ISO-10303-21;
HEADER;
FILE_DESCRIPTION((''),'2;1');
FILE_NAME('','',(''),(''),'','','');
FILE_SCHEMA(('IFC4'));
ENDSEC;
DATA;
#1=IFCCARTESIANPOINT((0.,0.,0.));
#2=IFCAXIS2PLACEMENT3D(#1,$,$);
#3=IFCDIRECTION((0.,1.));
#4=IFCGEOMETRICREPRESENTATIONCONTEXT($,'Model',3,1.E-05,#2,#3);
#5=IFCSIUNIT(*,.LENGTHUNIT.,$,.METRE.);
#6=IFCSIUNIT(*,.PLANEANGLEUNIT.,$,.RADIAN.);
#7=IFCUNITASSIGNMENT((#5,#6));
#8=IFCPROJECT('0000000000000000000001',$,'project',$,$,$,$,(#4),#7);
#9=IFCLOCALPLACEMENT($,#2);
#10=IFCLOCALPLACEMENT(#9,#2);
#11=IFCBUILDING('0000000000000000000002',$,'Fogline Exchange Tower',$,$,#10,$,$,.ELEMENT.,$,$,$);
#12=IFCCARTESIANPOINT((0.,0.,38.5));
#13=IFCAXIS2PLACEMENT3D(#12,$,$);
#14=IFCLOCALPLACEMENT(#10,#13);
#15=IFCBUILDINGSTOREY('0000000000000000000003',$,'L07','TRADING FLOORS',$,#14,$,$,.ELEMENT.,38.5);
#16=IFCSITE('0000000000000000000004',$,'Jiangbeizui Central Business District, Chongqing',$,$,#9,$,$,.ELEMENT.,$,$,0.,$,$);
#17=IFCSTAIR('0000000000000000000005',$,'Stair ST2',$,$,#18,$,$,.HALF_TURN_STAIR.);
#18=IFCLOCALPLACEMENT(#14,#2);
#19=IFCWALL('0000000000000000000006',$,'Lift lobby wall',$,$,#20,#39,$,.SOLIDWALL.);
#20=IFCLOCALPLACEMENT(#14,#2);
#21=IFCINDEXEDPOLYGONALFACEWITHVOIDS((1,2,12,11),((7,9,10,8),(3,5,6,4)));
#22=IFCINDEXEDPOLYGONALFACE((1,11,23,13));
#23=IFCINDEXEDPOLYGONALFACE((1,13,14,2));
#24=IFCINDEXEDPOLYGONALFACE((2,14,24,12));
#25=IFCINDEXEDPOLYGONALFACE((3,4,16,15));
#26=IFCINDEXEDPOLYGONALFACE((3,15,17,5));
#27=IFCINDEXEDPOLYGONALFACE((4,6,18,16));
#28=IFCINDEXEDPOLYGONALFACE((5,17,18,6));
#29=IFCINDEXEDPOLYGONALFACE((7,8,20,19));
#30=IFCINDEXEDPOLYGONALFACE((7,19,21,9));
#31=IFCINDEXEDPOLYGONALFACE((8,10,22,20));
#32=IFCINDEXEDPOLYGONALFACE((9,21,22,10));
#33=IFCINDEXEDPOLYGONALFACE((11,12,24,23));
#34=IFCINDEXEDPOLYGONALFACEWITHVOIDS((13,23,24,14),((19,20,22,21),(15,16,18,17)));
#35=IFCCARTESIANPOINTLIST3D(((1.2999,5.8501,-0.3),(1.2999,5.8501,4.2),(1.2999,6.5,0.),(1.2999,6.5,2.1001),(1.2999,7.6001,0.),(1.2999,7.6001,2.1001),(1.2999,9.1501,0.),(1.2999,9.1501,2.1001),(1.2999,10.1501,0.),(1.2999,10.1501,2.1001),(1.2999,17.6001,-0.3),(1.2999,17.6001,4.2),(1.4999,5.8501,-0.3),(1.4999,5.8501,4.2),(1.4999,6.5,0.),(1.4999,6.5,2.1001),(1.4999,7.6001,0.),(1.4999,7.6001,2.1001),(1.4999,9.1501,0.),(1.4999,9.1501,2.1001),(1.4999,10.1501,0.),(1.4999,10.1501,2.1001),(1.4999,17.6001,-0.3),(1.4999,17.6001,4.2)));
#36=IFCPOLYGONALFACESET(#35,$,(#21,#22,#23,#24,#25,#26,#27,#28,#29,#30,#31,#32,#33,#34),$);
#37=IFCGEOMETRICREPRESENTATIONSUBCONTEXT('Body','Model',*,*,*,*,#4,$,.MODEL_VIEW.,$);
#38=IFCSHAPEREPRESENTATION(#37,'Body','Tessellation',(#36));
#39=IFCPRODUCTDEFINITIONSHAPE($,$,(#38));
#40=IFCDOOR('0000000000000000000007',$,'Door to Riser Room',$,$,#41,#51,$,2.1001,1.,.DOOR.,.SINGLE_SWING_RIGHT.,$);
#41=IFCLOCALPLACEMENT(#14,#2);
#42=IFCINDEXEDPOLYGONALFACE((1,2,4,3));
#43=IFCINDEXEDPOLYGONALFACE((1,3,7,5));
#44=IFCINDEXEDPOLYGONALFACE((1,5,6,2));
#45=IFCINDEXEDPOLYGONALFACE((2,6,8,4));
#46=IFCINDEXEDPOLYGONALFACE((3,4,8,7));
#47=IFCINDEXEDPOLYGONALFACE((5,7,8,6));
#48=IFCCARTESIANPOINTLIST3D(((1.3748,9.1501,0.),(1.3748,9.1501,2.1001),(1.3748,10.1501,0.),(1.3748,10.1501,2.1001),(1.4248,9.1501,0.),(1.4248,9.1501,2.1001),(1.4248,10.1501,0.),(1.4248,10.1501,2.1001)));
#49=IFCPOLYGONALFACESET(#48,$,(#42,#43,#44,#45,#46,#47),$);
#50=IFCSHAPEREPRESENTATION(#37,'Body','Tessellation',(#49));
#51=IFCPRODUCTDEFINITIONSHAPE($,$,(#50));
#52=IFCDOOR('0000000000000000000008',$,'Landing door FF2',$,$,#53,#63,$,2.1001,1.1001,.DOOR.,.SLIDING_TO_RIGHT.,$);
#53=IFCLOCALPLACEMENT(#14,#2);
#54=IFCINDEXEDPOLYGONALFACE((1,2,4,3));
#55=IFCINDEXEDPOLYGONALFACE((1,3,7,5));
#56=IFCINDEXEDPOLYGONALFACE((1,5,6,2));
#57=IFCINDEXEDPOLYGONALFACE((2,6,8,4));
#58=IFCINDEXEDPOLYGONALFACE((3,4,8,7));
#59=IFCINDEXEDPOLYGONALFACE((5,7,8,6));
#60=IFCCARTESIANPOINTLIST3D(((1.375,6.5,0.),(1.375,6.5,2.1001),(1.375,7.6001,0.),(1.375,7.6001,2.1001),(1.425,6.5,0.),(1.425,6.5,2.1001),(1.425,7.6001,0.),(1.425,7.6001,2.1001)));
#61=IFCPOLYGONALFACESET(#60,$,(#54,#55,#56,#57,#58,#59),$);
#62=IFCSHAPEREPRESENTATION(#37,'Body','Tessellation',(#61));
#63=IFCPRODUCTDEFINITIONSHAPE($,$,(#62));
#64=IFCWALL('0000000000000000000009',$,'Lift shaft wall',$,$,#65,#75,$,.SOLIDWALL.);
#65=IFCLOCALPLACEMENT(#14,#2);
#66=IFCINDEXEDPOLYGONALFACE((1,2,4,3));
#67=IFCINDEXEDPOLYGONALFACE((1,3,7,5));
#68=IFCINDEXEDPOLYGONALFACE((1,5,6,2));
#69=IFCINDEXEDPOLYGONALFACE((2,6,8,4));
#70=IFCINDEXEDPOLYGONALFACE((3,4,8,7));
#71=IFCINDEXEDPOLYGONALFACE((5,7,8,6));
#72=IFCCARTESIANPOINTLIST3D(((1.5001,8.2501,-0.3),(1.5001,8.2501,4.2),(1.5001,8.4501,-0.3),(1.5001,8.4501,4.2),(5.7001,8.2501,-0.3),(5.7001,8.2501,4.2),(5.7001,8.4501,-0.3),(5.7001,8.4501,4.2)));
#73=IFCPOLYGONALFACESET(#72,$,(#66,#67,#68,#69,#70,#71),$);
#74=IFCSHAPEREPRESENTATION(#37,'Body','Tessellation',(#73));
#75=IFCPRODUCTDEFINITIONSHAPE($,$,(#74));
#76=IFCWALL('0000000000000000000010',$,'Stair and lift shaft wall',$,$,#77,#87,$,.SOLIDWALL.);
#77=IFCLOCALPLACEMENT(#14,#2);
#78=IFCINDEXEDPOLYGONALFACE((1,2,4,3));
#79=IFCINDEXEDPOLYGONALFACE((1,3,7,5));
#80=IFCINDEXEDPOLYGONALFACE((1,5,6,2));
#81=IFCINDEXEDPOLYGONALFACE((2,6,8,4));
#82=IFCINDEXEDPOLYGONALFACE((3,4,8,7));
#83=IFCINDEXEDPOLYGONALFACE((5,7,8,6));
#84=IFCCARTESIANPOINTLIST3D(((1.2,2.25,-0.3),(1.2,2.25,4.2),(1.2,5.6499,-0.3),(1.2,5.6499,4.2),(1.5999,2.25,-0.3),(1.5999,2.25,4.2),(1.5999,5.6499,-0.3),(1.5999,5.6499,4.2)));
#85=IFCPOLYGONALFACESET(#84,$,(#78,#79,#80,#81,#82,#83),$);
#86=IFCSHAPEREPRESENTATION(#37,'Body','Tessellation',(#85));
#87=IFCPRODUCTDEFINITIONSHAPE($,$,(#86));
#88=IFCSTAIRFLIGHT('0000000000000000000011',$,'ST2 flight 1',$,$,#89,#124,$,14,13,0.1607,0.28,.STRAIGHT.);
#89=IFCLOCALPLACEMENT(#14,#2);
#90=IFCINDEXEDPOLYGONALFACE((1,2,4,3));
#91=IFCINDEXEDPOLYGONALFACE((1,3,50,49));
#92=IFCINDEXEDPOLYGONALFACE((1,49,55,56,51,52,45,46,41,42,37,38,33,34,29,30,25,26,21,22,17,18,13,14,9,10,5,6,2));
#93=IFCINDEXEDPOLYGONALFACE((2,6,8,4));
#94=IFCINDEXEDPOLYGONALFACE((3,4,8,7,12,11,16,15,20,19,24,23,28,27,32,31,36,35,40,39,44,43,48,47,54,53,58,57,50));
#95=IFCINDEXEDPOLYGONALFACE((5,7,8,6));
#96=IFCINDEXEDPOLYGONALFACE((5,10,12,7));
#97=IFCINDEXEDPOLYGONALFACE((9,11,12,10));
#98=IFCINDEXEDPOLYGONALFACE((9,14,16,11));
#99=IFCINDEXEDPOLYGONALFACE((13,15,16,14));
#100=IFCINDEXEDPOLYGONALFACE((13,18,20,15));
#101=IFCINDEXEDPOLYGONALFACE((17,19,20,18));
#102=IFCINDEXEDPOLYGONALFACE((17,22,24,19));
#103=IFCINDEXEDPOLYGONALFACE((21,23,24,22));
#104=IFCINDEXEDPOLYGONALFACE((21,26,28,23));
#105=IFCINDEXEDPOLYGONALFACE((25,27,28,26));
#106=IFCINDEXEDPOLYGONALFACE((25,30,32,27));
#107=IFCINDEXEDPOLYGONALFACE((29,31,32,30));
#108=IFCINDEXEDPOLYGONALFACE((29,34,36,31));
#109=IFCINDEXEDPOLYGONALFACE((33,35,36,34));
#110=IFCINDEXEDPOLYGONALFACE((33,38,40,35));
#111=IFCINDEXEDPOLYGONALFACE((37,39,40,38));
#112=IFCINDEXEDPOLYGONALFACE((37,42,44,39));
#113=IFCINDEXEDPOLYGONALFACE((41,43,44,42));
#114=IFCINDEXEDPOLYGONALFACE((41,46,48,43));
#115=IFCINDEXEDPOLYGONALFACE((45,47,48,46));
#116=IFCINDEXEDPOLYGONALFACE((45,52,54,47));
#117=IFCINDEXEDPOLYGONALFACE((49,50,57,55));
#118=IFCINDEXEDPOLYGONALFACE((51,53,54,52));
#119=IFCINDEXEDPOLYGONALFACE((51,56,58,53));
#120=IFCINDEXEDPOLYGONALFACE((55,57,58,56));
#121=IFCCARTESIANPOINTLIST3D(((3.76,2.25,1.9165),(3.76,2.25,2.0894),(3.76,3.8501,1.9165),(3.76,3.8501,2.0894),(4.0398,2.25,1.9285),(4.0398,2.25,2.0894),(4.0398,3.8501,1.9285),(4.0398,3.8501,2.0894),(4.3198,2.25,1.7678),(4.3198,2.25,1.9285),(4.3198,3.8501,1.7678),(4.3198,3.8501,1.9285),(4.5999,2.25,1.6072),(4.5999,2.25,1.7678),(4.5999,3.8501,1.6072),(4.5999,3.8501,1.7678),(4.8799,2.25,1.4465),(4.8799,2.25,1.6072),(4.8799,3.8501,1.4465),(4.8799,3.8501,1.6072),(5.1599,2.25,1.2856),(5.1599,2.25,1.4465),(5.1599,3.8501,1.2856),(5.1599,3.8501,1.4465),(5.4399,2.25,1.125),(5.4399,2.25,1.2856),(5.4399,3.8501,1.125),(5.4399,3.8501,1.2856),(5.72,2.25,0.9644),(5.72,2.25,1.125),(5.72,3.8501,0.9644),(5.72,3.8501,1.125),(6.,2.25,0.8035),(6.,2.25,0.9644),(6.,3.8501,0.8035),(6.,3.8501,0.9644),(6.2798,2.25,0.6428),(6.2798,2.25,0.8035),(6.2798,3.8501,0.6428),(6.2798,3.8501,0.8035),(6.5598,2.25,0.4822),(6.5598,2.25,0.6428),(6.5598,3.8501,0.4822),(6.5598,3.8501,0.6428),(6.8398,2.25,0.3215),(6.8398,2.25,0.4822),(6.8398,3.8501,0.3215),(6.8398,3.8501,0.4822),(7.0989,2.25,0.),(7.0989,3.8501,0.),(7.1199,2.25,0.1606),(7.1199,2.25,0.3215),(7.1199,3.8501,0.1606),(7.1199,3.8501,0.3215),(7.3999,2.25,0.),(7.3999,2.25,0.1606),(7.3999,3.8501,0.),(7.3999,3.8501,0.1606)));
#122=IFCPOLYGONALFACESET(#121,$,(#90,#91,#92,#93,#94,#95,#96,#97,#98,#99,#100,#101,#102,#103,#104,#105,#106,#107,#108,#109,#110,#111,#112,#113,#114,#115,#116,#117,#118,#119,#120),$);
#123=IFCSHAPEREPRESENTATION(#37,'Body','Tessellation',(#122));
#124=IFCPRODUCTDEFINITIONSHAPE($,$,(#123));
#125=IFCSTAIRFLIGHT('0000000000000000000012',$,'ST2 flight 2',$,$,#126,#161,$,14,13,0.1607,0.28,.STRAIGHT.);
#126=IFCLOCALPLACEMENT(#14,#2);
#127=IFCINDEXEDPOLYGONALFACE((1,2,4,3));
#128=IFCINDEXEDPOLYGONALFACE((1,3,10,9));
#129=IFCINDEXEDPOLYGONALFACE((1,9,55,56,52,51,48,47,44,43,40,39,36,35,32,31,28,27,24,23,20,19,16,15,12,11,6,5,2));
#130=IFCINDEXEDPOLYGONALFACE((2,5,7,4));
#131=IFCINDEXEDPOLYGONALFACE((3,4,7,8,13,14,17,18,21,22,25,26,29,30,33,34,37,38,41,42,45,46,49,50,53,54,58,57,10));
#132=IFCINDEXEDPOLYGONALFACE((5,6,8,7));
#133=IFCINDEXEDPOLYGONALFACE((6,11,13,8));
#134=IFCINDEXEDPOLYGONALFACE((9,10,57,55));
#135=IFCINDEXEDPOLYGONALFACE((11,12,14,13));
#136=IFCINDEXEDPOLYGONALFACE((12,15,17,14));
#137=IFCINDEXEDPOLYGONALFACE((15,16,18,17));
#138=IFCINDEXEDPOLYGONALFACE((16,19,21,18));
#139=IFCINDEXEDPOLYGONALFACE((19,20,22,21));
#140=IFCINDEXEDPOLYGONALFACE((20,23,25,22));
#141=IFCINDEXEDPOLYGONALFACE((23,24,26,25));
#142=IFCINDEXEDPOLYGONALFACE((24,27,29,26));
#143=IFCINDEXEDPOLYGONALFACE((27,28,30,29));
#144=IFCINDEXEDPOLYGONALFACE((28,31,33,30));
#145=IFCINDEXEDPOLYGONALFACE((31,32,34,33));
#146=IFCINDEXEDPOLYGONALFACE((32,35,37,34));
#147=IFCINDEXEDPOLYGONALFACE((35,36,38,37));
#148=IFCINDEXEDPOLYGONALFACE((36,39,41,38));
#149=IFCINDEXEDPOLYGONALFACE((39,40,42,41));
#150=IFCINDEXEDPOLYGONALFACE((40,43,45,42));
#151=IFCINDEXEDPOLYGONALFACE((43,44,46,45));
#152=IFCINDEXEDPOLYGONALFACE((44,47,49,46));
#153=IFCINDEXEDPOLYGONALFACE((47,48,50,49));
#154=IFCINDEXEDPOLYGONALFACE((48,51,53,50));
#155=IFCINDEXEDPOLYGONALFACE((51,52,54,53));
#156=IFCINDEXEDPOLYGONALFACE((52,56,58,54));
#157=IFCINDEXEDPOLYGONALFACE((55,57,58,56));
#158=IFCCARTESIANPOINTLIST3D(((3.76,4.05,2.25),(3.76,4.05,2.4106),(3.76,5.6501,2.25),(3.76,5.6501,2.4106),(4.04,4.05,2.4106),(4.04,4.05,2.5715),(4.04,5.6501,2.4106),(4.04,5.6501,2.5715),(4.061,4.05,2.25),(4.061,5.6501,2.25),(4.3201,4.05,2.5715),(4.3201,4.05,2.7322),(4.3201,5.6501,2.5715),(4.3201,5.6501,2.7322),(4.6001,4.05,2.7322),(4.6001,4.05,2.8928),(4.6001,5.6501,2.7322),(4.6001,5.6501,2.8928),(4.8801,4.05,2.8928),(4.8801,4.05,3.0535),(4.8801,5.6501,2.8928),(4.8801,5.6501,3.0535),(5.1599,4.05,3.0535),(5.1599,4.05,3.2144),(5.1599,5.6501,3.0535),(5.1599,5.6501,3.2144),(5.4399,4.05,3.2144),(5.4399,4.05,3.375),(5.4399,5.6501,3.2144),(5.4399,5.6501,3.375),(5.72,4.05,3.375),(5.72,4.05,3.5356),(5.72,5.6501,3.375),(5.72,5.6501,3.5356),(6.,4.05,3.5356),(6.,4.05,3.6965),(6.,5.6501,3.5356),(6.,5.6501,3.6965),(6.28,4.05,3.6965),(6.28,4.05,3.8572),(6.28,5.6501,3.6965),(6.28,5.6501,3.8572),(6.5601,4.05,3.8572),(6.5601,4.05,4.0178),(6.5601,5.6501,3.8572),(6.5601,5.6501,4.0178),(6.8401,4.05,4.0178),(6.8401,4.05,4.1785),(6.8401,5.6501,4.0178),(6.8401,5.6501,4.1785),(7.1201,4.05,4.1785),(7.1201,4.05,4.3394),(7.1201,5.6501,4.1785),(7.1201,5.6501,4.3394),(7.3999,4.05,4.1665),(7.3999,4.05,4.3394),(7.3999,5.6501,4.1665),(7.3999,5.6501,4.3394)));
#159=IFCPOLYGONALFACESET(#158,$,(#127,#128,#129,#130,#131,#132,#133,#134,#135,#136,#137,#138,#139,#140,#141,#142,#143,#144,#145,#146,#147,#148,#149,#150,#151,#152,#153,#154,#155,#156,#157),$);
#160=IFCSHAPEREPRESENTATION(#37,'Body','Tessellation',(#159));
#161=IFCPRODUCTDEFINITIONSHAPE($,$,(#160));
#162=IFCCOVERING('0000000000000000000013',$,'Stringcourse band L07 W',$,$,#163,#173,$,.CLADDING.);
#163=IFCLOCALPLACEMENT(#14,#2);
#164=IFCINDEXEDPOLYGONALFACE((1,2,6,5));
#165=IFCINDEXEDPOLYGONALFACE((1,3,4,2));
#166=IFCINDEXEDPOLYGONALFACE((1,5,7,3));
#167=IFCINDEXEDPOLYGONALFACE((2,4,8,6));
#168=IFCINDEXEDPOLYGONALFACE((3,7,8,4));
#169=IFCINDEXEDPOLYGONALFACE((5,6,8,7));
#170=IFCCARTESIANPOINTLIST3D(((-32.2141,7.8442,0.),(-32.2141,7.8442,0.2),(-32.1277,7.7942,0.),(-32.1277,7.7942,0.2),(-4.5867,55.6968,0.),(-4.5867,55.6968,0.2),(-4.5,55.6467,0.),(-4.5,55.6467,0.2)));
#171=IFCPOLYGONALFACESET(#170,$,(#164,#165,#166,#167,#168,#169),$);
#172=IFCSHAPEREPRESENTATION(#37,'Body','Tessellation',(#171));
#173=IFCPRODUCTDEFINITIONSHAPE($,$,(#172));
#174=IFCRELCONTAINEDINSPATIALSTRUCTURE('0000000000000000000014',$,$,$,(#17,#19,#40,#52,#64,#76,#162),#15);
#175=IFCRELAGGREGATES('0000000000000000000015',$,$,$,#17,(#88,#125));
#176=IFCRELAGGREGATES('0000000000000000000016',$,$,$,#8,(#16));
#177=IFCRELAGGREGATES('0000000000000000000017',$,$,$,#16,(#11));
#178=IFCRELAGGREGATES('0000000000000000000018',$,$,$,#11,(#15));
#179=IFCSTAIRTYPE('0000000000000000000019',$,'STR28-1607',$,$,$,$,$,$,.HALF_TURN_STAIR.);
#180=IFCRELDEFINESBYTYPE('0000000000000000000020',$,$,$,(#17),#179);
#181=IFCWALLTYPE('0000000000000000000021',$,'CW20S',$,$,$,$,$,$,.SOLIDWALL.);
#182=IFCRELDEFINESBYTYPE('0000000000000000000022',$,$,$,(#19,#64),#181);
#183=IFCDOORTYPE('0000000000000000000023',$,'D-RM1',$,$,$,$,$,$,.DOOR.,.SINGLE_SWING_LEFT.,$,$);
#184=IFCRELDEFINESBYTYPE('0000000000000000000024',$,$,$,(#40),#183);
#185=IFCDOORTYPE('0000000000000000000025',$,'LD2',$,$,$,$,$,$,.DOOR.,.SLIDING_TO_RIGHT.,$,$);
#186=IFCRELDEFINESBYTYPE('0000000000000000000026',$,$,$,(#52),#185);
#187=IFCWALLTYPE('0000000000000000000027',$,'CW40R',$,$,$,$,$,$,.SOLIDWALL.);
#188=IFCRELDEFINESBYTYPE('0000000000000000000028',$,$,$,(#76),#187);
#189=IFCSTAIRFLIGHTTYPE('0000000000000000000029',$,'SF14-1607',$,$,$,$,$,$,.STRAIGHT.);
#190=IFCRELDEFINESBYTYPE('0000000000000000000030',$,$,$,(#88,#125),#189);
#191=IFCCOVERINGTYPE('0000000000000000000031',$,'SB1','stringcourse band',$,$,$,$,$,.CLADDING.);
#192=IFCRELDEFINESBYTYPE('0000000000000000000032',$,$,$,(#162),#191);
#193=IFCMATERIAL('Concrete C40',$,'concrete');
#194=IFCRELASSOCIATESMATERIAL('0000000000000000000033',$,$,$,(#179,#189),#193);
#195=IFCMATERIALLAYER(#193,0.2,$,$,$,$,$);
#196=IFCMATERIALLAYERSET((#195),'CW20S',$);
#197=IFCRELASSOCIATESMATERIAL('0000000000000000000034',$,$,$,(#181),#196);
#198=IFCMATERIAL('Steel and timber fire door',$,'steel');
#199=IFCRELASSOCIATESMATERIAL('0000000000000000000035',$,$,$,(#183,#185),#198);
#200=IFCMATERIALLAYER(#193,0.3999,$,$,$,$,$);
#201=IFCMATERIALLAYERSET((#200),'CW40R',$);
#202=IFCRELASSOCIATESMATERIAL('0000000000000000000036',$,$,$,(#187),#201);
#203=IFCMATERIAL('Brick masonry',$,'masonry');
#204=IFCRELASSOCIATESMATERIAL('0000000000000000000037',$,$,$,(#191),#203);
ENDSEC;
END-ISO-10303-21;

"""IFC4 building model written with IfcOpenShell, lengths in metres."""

from ifc_helpers import new_model, si_unit, direction, frame, frame_2d, origin, place, context, subcontext, project, spatial, polyline, rectangle, outline, extrude, material, layer, layer_set, type_object, element, fill, aggregate, save


model = new_model("IFC4")

# Units and contexts
model_context = context("Model", 3, precision=1e-05, world=origin(), true_north=direction((0.0, 1.0)))
body_context = subcontext(model_context, "Body", "Model", "MODEL_VIEW")
ifc_project = project(units=[si_unit("LENGTHUNIT", "METRE"), si_unit("PLANEANGLEUNIT", "RADIAN")], contexts=[model_context])

# Site, building, storey
site_placement = place(None, origin())
site = spatial("IfcSite", under=ifc_project, at=site_placement, Name="Jiangbeizui Central Business District, Chongqing", CompositionType="ELEMENT", RefElevation=0.0)
building_placement = place(site_placement, origin())
building = spatial("IfcBuilding", under=site, at=building_placement, Name="Fogline Exchange Tower", CompositionType="ELEMENT")
storey_placement = place(building_placement, frame((0.0, 0.0, 38.5)))
storey = spatial("IfcBuildingStorey", under=building, at=storey_placement, Name="L07", Description="TRADING FLOORS", CompositionType="ELEMENT", Elevation=38.5)

# Shared definitions
ifc_material_1 = material(Name="Concrete C40", Category="concrete")

# Stair
stair_type = type_object("IfcStairType", Name="STR28-1607", PredefinedType="HALF_TURN_STAIR", material=ifc_material_1)
stair_1_placement = place(storey_placement, origin())
stair_1 = element("IfcStair", 1, at=stair_1_placement, inside=storey, type_object=stair_type, Name="Stair ST2", PredefinedType="HALF_TURN_STAIR")

# Shared definitions
ifc_material_2 = material(Name="Steel and timber fire door", Category="steel")

# Shared definitions
ifc_layer_1 = layer(ifc_material_1, 0.2)
ifc_layer_set_1 = layer_set([ifc_layer_1], Name="CW20S")
wall_type_1 = type_object("IfcWallType", Name="CW20S", PredefinedType="SOLIDWALL", material=ifc_layer_set_1)
door_type_1 = type_object("IfcDoorType", Name="D-RM1", OperationType="SINGLE_SWING_LEFT", PredefinedType="DOOR", material=ifc_material_2)

# Wall, openings, doors
wall_1_placement = place(storey_placement, frame((1.3999, 5.8501, -0.3), z_axis=(0.0, 0.0, 1.0), x_axis=(0.0, 1.0, 0.0)))
wall_1 = element("IfcWall", 2, at=wall_1_placement, inside=storey, type_object=wall_type_1, Name="Lift lobby wall", PredefinedType="SOLIDWALL", context=body_context, shape_type="SweptSolid", body=[
    extrude(rectangle(XDim=11.75, YDim=0.2, at=frame_2d((5.875, 0.0))), origin(), (0.0, 0.0, 1.0), 4.5),
])
opening_1_placement = place(wall_1_placement, frame((0.6499, 0.0, 0.3)))
opening_1 = element("IfcOpeningElement", 3, at=opening_1_placement, cuts=wall_1, PredefinedType="OPENING", context=body_context, shape_type="SweptSolid", body=[
    extrude(rectangle(XDim=1.1001, YDim=2.1001, at=frame_2d((0.55, 1.05))), frame((0.0, 0.1099, 0.0), z_axis=(0.0, -1.0, 0.0), x_axis=(1.0, 0.0, 0.0)), (0.0, 0.0, 1.0), 0.22),
])
opening_2_placement = place(wall_1_placement, frame((3.3, 0.0, 0.3)))
opening_2 = element("IfcOpeningElement", 4, at=opening_2_placement, cuts=wall_1, PredefinedType="OPENING", context=body_context, shape_type="SweptSolid", body=[
    extrude(rectangle(XDim=1.0, YDim=2.1001, at=frame_2d((0.5, 1.05))), frame((0.0, 0.1099, 0.0), z_axis=(0.0, -1.0, 0.0), x_axis=(1.0, 0.0, 0.0)), (0.0, 0.0, 1.0), 0.22),
])
door_1_placement = place(opening_2_placement, frame((1.0, 0.0, 0.0), z_axis=(0.0, 0.0, 1.0), x_axis=(-1.0, 0.0, 0.0)))
door_1 = element("IfcDoor", 5, at=door_1_placement, inside=storey, type_object=door_type_1, Name="Door to Riser Room", OperationType="SINGLE_SWING_RIGHT", OverallHeight=2.1001, OverallWidth=1.0, PredefinedType="DOOR", context=body_context, shape_type="SweptSolid", body=[
    extrude(rectangle(XDim=1.0, YDim=2.1001, at=frame_2d((0.5, 1.05))), frame((0.0, 0.0249, 0.0), z_axis=(0.0, -1.0, 0.0), x_axis=(1.0, 0.0, 0.0)), (0.0, 0.0, 1.0), 0.05),
])
fill(opening_2, door_1)
door_type_2 = type_object("IfcDoorType", Name="LD2", OperationType="SLIDING_TO_RIGHT", PredefinedType="DOOR", material=ifc_material_2)
door_2_placement = place(opening_1_placement, origin())
door_2 = element("IfcDoor", 6, at=door_2_placement, inside=storey, type_object=door_type_2, Name="Landing door FF2", OperationType="SLIDING_TO_RIGHT", OverallHeight=2.1001, OverallWidth=1.1001, PredefinedType="DOOR", context=body_context, shape_type="SweptSolid", body=[
    extrude(rectangle(XDim=1.1001, YDim=2.1001, at=frame_2d((0.55, 1.05))), frame((0.0, 0.0249, 0.0), z_axis=(0.0, -1.0, 0.0), x_axis=(1.0, 0.0, 0.0)), (0.0, 0.0, 1.0), 0.05),
])
fill(opening_1, door_2)

# Walls
wall_2_placement = place(storey_placement, frame((1.5, 8.3501, -0.3), z_axis=(0.0, 0.0, 1.0), x_axis=(1.0, 0.0, 0.0)))
element("IfcWall", 7, at=wall_2_placement, inside=storey, type_object=wall_type_1, Name="Lift shaft wall", PredefinedType="SOLIDWALL", context=body_context, shape_type="SweptSolid", body=[
    extrude(rectangle(XDim=4.2, YDim=0.2, at=frame_2d((2.1001, 0.0))), origin(), (0.0, 0.0, 1.0), 4.5),
])
ifc_layer_2 = layer(ifc_material_1, 0.3999)
ifc_layer_set_2 = layer_set([ifc_layer_2], Name="CW40R")
wall_type_2 = type_object("IfcWallType", Name="CW40R", PredefinedType="SOLIDWALL", material=ifc_layer_set_2)
wall_3_placement = place(storey_placement, frame((1.3999, 2.25, -0.3), z_axis=(0.0, 0.0, 1.0), x_axis=(0.0, 1.0, 0.0)))
element("IfcWall", 8, at=wall_3_placement, inside=storey, type_object=wall_type_2, Name="Stair and lift shaft wall", PredefinedType="SOLIDWALL", context=body_context, shape_type="SweptSolid", body=[
    extrude(rectangle(XDim=3.3999, YDim=0.3999, at=frame_2d((1.7, 0.0))), origin(), (0.0, 0.0, 1.0), 4.5),
])

# Stair flights
stair_flight_type = type_object("IfcStairFlightType", Name="SF14-1607", PredefinedType="STRAIGHT", material=ifc_material_1)
stair_flight_1_placement = place(storey_placement, frame((7.3999, 3.05, 0.0), z_axis=(0.0, 0.0, 1.0), x_axis=(-1.0, 0.0, 0.0)))
stair_flight_1 = element("IfcStairFlight", 9, at=stair_flight_1_placement, type_object=stair_flight_type, Name="ST2 flight 1", NumberOfRisers=14, NumberOfTreads=13, PredefinedType="STRAIGHT", RiserHeight=0.1607, TreadLength=0.28, context=body_context, shape_type="SweptSolid", body=[
    extrude(outline(polyline([(0.0, 0.0), (0.0, 0.1606), (0.28, 0.1606), (0.28, 0.3215), (0.5601, 0.3215), (0.5601, 0.4822), (0.8401, 0.4822), (0.8401, 0.6428), (1.1201, 0.6428), (1.1201, 0.8035), (1.3999, 0.8035), (1.3999, 0.9644), (1.6799, 0.9644), (1.6799, 1.125), (1.96, 1.125), (1.96, 1.2856), (2.24, 1.2856), (2.24, 1.4465), (2.52, 1.4465), (2.52, 1.6072), (2.8, 1.6072), (2.8, 1.7678), (3.0801, 1.7678), (3.0801, 1.9285), (3.3601, 1.9285), (3.3601, 2.0894), (3.6399, 2.0894), (3.6399, 2.25), (3.6399, 1.9165), (0.301, 0.0), (0.0, 0.0)])), frame((0.0, 0.8, 0.0), z_axis=(0.0, -1.0, 0.0), x_axis=(1.0, 0.0, 0.0)), (0.0, 0.0, 1.0), 1.6001),
])
stair_flight_2_placement = place(storey_placement, frame((3.76, 4.8501, 2.25), z_axis=(0.0, 0.0, 1.0), x_axis=(1.0, 0.0, 0.0)))
stair_flight_2 = element("IfcStairFlight", 10, at=stair_flight_2_placement, type_object=stair_flight_type, Name="ST2 flight 2", NumberOfRisers=14, NumberOfTreads=13, PredefinedType="STRAIGHT", RiserHeight=0.1607, TreadLength=0.28, context=body_context, shape_type="SweptSolid", body=[
    extrude(outline(polyline([(0.0, 0.0), (0.0, 0.1606), (0.28, 0.1606), (0.28, 0.3215), (0.5601, 0.3215), (0.5601, 0.4822), (0.8401, 0.4822), (0.8401, 0.6428), (1.1201, 0.6428), (1.1201, 0.8035), (1.3999, 0.8035), (1.3999, 0.9644), (1.6799, 0.9644), (1.6799, 1.125), (1.96, 1.125), (1.96, 1.2856), (2.24, 1.2856), (2.24, 1.4465), (2.52, 1.4465), (2.52, 1.6072), (2.8, 1.6072), (2.8, 1.7678), (3.0801, 1.7678), (3.0801, 1.9285), (3.3601, 1.9285), (3.3601, 2.0894), (3.6399, 2.0894), (3.6399, 2.25), (3.6399, 1.9165), (0.301, 0.0), (0.0, 0.0)])), frame((0.0, 0.8, 0.0), z_axis=(0.0, -1.0, 0.0), x_axis=(1.0, 0.0, 0.0)), (0.0, 0.0, 1.0), 1.6001),
])
aggregate(stair_1, [stair_flight_1, stair_flight_2])

# Covering
ifc_material_3 = material(Name="Brick masonry", Category="masonry")
covering_type = type_object("IfcCoveringType", Name="SB1", Description="stringcourse band", PredefinedType="CLADDING", material=ifc_material_3)
covering_placement = place(storey_placement, origin())
element("IfcCovering", 11, at=covering_placement, inside=storey, type_object=covering_type, Name="Stringcourse band L07 W", PredefinedType="CLADDING", context=body_context, shape_type="SweptSolid", body=[
    extrude(outline(polyline([(-4.5, 55.6467), (-4.5867, 55.6968), (-32.2141, 7.8442), (-32.1277, 7.7942), (-4.5, 55.6467)])), origin(), (0.0, 0.0, 1.0), 0.2),
])

save(model, "model.ifc")
